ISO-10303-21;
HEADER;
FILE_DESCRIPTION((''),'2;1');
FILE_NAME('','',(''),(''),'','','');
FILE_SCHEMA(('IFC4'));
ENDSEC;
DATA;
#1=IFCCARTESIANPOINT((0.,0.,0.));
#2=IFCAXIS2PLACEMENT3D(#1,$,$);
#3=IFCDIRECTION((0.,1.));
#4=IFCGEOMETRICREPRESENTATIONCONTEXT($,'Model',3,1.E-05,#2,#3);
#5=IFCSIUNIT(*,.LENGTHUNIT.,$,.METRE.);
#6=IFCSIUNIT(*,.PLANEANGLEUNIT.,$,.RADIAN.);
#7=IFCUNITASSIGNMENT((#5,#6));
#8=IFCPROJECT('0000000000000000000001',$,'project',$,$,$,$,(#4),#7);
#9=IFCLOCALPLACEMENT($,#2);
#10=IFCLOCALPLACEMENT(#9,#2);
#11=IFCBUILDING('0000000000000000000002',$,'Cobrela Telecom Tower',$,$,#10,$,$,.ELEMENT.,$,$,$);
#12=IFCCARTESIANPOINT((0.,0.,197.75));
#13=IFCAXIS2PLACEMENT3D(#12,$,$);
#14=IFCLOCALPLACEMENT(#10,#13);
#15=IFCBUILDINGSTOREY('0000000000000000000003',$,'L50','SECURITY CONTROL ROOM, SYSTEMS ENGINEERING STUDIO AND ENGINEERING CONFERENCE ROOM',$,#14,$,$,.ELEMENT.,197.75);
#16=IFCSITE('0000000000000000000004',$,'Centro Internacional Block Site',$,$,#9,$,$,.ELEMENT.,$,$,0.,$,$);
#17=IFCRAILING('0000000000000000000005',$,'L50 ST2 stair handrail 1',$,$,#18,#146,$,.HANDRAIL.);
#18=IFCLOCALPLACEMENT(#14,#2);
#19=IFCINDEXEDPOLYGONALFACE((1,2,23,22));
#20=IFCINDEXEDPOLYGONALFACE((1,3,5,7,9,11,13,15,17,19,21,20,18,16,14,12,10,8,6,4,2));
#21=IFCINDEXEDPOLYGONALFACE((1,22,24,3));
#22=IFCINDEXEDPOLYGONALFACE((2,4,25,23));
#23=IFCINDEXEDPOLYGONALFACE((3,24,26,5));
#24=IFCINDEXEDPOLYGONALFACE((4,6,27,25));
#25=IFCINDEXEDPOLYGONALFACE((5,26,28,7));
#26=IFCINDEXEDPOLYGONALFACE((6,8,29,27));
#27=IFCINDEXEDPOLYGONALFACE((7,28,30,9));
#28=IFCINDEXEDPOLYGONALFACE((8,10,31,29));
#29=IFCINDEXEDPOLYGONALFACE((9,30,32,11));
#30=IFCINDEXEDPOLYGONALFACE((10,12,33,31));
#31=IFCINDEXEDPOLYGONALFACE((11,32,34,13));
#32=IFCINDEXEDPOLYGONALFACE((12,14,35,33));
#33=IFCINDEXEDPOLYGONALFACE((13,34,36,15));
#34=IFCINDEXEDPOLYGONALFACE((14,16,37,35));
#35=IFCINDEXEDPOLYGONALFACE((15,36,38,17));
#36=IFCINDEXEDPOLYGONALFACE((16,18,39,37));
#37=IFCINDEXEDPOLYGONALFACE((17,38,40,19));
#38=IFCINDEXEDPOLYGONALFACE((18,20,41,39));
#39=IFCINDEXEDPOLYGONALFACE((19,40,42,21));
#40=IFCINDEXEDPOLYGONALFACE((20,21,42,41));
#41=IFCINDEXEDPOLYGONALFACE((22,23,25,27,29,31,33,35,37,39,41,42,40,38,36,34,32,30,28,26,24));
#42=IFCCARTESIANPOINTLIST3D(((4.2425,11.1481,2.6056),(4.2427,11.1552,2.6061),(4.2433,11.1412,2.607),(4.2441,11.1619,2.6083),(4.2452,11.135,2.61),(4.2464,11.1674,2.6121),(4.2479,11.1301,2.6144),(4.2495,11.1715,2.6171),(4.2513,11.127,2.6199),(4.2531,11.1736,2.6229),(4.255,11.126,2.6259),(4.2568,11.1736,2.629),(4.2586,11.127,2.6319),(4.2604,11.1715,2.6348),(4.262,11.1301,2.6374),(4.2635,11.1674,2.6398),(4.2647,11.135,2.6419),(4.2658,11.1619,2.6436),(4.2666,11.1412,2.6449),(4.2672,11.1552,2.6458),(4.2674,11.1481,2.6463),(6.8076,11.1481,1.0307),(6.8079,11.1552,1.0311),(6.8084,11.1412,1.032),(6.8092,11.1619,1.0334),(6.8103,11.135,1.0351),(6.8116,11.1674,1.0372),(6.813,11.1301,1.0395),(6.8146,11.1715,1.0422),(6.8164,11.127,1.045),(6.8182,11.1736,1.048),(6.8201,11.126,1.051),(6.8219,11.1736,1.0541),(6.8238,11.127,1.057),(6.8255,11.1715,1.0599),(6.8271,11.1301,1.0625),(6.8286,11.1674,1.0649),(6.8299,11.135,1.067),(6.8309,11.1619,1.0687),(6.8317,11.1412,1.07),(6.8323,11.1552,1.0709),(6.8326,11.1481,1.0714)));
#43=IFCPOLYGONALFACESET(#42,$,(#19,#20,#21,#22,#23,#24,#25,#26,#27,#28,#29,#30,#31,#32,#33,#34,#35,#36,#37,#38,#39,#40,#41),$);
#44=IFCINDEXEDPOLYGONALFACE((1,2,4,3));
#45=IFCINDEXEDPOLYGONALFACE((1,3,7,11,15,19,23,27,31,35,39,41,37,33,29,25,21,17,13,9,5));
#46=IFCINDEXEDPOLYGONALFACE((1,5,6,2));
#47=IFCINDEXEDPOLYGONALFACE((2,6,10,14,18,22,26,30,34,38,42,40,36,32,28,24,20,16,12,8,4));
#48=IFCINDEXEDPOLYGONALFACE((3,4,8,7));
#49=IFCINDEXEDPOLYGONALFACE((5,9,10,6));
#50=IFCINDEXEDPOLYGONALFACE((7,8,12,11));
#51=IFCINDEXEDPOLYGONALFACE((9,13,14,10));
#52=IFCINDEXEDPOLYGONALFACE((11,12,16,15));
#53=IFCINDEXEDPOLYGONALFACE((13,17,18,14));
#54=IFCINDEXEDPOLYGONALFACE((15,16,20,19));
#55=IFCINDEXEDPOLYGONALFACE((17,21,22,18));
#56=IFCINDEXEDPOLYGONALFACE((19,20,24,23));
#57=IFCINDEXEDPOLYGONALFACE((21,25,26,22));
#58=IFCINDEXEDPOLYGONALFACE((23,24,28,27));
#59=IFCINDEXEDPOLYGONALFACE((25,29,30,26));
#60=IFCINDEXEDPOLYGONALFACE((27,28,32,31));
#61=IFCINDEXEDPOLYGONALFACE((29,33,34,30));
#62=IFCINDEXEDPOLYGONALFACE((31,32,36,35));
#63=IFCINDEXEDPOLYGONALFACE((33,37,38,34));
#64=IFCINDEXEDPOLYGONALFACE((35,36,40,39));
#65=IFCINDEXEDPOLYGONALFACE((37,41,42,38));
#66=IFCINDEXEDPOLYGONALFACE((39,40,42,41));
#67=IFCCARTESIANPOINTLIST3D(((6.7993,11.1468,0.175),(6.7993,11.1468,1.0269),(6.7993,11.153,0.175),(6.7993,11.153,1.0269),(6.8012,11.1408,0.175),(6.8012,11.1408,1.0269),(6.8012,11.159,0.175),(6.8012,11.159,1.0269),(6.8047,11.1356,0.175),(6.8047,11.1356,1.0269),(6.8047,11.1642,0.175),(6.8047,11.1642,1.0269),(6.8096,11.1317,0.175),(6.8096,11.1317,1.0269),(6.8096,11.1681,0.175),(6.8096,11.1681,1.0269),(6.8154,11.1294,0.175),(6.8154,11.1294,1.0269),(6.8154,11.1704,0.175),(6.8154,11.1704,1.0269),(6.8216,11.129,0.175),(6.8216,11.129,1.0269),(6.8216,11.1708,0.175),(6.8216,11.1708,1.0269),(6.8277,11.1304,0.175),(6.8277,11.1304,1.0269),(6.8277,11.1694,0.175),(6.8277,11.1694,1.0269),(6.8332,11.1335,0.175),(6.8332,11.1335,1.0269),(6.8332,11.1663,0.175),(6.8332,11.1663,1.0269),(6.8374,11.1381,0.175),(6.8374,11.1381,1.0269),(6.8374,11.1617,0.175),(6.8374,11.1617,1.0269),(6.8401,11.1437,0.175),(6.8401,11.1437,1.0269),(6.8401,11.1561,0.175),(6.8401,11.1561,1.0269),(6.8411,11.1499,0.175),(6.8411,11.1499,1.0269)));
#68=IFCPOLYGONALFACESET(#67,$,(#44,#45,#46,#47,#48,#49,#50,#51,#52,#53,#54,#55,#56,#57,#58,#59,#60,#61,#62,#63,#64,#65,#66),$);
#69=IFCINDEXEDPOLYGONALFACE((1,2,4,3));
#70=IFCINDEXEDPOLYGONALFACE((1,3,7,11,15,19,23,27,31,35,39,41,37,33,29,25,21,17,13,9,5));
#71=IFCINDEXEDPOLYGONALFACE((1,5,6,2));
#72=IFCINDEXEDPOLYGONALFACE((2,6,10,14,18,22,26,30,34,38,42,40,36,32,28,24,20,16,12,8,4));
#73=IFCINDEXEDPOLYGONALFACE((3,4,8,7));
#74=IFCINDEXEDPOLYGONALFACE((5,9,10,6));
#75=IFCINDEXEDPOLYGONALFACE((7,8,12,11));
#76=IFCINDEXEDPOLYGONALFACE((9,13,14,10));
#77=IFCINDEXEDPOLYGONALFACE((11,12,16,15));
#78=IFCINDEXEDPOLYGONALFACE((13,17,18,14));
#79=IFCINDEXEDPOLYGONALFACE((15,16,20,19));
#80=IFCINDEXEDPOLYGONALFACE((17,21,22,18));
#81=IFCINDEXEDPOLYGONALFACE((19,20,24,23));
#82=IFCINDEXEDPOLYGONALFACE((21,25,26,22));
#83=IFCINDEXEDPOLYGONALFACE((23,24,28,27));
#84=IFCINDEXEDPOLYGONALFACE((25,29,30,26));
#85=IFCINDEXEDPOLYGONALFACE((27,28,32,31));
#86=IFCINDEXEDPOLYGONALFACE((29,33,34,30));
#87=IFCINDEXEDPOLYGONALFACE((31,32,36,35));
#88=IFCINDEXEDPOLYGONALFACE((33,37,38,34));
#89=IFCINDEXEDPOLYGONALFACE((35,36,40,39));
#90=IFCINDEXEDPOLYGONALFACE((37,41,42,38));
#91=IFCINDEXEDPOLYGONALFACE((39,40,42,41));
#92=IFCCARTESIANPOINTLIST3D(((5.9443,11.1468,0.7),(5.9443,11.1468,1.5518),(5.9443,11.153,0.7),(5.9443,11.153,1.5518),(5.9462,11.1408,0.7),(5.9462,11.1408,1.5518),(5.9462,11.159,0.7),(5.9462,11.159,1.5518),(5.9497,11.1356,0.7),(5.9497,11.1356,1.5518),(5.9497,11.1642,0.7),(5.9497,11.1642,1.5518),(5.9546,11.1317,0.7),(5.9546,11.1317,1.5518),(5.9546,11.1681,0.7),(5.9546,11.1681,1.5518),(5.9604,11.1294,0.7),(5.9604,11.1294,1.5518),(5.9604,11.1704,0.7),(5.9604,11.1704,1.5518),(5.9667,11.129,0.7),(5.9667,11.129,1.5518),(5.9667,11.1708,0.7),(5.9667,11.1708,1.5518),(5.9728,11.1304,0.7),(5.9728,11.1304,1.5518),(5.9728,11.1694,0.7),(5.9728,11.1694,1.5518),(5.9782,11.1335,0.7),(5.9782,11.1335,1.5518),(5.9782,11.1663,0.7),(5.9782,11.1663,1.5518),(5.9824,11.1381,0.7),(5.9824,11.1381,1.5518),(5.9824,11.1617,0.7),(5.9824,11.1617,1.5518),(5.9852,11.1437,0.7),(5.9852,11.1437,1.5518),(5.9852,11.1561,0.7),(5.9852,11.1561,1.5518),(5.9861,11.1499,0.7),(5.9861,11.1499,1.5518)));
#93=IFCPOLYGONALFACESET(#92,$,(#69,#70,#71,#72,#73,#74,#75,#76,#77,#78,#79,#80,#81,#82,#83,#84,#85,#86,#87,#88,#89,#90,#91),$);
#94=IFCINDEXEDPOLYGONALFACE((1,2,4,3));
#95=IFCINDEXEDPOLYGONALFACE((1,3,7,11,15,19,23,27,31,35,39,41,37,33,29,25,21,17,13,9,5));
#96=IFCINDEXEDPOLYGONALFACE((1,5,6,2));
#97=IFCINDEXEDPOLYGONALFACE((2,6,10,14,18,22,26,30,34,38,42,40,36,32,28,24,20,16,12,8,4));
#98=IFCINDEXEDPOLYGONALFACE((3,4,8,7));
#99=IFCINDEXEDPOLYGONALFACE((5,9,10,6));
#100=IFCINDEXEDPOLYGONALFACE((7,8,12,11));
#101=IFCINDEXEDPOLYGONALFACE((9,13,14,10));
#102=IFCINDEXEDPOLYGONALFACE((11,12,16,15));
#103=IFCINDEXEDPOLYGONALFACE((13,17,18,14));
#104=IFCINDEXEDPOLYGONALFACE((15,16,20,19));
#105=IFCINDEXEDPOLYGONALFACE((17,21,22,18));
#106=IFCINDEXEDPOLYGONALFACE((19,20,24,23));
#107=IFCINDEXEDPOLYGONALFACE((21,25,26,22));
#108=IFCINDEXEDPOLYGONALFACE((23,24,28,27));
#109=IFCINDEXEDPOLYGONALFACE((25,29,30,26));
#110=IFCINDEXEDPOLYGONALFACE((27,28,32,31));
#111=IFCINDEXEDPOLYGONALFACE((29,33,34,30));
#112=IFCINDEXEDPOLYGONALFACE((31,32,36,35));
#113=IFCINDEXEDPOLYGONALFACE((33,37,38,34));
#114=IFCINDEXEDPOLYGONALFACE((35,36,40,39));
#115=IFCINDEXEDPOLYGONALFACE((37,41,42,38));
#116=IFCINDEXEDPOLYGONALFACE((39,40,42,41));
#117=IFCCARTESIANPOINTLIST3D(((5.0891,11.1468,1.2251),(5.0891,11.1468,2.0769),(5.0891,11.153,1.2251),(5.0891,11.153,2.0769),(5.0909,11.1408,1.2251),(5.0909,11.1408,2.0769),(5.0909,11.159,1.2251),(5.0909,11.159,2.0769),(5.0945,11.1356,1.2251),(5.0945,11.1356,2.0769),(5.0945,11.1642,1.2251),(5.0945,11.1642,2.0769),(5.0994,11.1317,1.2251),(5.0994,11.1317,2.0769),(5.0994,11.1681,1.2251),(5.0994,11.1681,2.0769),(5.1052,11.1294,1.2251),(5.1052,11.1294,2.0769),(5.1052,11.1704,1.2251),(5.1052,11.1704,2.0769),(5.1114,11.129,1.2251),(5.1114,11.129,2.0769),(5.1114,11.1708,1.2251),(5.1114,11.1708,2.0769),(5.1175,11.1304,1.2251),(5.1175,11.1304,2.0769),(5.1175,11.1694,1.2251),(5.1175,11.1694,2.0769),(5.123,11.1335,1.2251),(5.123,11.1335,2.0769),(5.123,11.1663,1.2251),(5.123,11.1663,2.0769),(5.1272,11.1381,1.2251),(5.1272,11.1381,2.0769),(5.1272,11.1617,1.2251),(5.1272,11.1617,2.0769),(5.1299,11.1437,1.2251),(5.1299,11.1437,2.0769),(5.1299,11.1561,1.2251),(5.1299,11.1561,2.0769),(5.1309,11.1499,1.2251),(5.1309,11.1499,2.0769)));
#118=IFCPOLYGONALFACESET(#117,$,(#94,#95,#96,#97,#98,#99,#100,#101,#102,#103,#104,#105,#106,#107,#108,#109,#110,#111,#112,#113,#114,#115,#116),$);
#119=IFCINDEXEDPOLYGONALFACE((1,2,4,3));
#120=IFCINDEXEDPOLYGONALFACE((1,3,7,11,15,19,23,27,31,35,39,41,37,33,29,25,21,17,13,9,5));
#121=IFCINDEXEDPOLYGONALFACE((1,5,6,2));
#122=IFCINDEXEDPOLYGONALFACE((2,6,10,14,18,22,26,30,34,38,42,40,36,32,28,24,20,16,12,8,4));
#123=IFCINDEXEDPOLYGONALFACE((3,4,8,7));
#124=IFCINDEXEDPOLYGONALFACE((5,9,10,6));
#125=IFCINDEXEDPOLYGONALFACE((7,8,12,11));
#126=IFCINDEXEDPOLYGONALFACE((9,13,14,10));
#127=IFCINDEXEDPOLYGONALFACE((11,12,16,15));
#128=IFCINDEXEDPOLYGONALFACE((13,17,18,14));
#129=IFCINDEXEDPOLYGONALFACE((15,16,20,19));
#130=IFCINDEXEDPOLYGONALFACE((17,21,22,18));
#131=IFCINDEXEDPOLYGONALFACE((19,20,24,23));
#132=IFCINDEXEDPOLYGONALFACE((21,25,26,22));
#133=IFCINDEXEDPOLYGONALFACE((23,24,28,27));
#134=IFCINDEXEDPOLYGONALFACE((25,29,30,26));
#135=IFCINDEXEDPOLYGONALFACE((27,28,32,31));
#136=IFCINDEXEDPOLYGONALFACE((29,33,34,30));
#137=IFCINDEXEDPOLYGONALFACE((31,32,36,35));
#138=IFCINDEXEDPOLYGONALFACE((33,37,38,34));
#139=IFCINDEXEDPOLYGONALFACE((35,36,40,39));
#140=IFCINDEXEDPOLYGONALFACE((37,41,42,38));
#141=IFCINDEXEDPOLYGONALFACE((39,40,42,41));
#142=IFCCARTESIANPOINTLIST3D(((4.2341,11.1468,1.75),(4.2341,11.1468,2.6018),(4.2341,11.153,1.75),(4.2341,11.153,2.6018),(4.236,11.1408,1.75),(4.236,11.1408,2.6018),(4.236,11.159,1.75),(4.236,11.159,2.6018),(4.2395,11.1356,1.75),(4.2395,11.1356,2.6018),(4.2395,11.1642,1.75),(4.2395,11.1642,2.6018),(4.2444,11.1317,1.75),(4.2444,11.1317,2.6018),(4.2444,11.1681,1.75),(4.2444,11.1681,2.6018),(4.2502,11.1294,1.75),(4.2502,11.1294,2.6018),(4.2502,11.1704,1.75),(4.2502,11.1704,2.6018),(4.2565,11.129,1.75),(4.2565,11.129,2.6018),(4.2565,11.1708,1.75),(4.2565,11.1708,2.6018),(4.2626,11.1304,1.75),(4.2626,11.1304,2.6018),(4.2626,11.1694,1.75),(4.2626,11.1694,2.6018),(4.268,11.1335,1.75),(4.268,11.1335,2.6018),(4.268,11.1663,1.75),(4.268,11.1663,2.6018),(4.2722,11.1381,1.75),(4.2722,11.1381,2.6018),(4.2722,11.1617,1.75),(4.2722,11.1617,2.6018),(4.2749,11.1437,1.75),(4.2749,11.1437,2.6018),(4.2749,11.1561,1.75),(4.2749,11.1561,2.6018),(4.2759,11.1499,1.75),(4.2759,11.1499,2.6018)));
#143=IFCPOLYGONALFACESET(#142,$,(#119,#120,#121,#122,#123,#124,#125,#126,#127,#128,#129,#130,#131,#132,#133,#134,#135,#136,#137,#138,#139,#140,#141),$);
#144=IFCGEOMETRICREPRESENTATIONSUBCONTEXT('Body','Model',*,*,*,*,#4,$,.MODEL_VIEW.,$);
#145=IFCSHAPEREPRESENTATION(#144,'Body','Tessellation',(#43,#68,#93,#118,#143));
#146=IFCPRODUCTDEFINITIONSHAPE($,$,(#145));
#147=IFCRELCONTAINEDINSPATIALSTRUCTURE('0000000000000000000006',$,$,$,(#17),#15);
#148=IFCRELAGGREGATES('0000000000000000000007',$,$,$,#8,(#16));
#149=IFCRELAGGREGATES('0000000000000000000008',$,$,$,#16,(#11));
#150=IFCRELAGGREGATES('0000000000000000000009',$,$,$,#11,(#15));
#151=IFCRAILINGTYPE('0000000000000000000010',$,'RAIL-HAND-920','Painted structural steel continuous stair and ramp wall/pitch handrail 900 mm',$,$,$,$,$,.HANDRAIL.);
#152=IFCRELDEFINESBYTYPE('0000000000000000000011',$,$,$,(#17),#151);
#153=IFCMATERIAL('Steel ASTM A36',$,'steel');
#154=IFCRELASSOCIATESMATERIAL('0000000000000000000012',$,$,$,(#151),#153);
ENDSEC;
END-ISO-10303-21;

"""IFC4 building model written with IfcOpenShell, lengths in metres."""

from ifc_helpers import new_model, si_unit, direction, frame, origin, origin_2d, place, context, subcontext, project, spatial, circle, extrude, material, type_object, element, save


model = new_model("IFC4")

# Units and contexts
model_context = context("Model", 3, precision=1e-05, world=origin(), true_north=direction((0.0, 1.0)))
body_context = subcontext(model_context, "Body", "Model", "MODEL_VIEW")
ifc_project = project(units=[si_unit("LENGTHUNIT", "METRE"), si_unit("PLANEANGLEUNIT", "RADIAN")], contexts=[model_context])

# Site, building, storey
site_placement = place(None, origin())
site = spatial("IfcSite", under=ifc_project, at=site_placement, Name="Centro Internacional Block Site", CompositionType="ELEMENT", RefElevation=0.0)
building_placement = place(site_placement, origin())
building = spatial("IfcBuilding", under=site, at=building_placement, Name="Cobrela Telecom Tower", CompositionType="ELEMENT")
storey_placement = place(building_placement, frame((0.0, 0.0, 197.75)))
storey = spatial("IfcBuildingStorey", under=building, at=storey_placement, Name="L50", Description="SECURITY CONTROL ROOM, SYSTEMS ENGINEERING STUDIO AND ENGINEERING CONFERENCE ROOM", CompositionType="ELEMENT", Elevation=197.75)

# Shared definitions
ifc_material_1 = material(Name="Steel ASTM A36", Category="steel")

# Railing
railing_type_1 = type_object("IfcRailingType", Name="RAIL-HAND-920", Description="Painted structural steel continuous stair and ramp wall/pitch handrail 900 mm", PredefinedType="HANDRAIL", material=ifc_material_1)
railing_1_placement = place(storey_placement, frame((6.8201, 11.1499, 0.175)))
element("IfcRailing", 1, at=railing_1_placement, inside=storey, type_object=railing_type_1, Name="L50 ST2 stair handrail 1", PredefinedType="HANDRAIL", context=body_context, shape_type="SweptSolid", body=[
    extrude(circle(Radius=0.0239, at=origin_2d()), frame((0.0, 0.0, 0.876), z_axis=(-0.852195, 0.0, 0.523224), x_axis=(0.0, -1.0, 0.0)), (0.0, 0.0, 1.0), 3.01),
    extrude(circle(Radius=0.021, at=origin_2d()), origin(), (0.0, 0.0, 1.0), 0.8518),
    extrude(circle(Radius=0.021, at=origin_2d()), frame((-0.855, 0.0, 0.5249)), (0.0, 0.0, 1.0), 0.8518),
    extrude(circle(Radius=0.021, at=origin_2d()), frame((-1.7102, 0.0, 1.05)), (0.0, 0.0, 1.0), 0.8518),
    extrude(circle(Radius=0.021, at=origin_2d()), frame((-2.5652, 0.0, 1.575)), (0.0, 0.0, 1.0), 0.8518),
])

save(model, "model.ifc")
